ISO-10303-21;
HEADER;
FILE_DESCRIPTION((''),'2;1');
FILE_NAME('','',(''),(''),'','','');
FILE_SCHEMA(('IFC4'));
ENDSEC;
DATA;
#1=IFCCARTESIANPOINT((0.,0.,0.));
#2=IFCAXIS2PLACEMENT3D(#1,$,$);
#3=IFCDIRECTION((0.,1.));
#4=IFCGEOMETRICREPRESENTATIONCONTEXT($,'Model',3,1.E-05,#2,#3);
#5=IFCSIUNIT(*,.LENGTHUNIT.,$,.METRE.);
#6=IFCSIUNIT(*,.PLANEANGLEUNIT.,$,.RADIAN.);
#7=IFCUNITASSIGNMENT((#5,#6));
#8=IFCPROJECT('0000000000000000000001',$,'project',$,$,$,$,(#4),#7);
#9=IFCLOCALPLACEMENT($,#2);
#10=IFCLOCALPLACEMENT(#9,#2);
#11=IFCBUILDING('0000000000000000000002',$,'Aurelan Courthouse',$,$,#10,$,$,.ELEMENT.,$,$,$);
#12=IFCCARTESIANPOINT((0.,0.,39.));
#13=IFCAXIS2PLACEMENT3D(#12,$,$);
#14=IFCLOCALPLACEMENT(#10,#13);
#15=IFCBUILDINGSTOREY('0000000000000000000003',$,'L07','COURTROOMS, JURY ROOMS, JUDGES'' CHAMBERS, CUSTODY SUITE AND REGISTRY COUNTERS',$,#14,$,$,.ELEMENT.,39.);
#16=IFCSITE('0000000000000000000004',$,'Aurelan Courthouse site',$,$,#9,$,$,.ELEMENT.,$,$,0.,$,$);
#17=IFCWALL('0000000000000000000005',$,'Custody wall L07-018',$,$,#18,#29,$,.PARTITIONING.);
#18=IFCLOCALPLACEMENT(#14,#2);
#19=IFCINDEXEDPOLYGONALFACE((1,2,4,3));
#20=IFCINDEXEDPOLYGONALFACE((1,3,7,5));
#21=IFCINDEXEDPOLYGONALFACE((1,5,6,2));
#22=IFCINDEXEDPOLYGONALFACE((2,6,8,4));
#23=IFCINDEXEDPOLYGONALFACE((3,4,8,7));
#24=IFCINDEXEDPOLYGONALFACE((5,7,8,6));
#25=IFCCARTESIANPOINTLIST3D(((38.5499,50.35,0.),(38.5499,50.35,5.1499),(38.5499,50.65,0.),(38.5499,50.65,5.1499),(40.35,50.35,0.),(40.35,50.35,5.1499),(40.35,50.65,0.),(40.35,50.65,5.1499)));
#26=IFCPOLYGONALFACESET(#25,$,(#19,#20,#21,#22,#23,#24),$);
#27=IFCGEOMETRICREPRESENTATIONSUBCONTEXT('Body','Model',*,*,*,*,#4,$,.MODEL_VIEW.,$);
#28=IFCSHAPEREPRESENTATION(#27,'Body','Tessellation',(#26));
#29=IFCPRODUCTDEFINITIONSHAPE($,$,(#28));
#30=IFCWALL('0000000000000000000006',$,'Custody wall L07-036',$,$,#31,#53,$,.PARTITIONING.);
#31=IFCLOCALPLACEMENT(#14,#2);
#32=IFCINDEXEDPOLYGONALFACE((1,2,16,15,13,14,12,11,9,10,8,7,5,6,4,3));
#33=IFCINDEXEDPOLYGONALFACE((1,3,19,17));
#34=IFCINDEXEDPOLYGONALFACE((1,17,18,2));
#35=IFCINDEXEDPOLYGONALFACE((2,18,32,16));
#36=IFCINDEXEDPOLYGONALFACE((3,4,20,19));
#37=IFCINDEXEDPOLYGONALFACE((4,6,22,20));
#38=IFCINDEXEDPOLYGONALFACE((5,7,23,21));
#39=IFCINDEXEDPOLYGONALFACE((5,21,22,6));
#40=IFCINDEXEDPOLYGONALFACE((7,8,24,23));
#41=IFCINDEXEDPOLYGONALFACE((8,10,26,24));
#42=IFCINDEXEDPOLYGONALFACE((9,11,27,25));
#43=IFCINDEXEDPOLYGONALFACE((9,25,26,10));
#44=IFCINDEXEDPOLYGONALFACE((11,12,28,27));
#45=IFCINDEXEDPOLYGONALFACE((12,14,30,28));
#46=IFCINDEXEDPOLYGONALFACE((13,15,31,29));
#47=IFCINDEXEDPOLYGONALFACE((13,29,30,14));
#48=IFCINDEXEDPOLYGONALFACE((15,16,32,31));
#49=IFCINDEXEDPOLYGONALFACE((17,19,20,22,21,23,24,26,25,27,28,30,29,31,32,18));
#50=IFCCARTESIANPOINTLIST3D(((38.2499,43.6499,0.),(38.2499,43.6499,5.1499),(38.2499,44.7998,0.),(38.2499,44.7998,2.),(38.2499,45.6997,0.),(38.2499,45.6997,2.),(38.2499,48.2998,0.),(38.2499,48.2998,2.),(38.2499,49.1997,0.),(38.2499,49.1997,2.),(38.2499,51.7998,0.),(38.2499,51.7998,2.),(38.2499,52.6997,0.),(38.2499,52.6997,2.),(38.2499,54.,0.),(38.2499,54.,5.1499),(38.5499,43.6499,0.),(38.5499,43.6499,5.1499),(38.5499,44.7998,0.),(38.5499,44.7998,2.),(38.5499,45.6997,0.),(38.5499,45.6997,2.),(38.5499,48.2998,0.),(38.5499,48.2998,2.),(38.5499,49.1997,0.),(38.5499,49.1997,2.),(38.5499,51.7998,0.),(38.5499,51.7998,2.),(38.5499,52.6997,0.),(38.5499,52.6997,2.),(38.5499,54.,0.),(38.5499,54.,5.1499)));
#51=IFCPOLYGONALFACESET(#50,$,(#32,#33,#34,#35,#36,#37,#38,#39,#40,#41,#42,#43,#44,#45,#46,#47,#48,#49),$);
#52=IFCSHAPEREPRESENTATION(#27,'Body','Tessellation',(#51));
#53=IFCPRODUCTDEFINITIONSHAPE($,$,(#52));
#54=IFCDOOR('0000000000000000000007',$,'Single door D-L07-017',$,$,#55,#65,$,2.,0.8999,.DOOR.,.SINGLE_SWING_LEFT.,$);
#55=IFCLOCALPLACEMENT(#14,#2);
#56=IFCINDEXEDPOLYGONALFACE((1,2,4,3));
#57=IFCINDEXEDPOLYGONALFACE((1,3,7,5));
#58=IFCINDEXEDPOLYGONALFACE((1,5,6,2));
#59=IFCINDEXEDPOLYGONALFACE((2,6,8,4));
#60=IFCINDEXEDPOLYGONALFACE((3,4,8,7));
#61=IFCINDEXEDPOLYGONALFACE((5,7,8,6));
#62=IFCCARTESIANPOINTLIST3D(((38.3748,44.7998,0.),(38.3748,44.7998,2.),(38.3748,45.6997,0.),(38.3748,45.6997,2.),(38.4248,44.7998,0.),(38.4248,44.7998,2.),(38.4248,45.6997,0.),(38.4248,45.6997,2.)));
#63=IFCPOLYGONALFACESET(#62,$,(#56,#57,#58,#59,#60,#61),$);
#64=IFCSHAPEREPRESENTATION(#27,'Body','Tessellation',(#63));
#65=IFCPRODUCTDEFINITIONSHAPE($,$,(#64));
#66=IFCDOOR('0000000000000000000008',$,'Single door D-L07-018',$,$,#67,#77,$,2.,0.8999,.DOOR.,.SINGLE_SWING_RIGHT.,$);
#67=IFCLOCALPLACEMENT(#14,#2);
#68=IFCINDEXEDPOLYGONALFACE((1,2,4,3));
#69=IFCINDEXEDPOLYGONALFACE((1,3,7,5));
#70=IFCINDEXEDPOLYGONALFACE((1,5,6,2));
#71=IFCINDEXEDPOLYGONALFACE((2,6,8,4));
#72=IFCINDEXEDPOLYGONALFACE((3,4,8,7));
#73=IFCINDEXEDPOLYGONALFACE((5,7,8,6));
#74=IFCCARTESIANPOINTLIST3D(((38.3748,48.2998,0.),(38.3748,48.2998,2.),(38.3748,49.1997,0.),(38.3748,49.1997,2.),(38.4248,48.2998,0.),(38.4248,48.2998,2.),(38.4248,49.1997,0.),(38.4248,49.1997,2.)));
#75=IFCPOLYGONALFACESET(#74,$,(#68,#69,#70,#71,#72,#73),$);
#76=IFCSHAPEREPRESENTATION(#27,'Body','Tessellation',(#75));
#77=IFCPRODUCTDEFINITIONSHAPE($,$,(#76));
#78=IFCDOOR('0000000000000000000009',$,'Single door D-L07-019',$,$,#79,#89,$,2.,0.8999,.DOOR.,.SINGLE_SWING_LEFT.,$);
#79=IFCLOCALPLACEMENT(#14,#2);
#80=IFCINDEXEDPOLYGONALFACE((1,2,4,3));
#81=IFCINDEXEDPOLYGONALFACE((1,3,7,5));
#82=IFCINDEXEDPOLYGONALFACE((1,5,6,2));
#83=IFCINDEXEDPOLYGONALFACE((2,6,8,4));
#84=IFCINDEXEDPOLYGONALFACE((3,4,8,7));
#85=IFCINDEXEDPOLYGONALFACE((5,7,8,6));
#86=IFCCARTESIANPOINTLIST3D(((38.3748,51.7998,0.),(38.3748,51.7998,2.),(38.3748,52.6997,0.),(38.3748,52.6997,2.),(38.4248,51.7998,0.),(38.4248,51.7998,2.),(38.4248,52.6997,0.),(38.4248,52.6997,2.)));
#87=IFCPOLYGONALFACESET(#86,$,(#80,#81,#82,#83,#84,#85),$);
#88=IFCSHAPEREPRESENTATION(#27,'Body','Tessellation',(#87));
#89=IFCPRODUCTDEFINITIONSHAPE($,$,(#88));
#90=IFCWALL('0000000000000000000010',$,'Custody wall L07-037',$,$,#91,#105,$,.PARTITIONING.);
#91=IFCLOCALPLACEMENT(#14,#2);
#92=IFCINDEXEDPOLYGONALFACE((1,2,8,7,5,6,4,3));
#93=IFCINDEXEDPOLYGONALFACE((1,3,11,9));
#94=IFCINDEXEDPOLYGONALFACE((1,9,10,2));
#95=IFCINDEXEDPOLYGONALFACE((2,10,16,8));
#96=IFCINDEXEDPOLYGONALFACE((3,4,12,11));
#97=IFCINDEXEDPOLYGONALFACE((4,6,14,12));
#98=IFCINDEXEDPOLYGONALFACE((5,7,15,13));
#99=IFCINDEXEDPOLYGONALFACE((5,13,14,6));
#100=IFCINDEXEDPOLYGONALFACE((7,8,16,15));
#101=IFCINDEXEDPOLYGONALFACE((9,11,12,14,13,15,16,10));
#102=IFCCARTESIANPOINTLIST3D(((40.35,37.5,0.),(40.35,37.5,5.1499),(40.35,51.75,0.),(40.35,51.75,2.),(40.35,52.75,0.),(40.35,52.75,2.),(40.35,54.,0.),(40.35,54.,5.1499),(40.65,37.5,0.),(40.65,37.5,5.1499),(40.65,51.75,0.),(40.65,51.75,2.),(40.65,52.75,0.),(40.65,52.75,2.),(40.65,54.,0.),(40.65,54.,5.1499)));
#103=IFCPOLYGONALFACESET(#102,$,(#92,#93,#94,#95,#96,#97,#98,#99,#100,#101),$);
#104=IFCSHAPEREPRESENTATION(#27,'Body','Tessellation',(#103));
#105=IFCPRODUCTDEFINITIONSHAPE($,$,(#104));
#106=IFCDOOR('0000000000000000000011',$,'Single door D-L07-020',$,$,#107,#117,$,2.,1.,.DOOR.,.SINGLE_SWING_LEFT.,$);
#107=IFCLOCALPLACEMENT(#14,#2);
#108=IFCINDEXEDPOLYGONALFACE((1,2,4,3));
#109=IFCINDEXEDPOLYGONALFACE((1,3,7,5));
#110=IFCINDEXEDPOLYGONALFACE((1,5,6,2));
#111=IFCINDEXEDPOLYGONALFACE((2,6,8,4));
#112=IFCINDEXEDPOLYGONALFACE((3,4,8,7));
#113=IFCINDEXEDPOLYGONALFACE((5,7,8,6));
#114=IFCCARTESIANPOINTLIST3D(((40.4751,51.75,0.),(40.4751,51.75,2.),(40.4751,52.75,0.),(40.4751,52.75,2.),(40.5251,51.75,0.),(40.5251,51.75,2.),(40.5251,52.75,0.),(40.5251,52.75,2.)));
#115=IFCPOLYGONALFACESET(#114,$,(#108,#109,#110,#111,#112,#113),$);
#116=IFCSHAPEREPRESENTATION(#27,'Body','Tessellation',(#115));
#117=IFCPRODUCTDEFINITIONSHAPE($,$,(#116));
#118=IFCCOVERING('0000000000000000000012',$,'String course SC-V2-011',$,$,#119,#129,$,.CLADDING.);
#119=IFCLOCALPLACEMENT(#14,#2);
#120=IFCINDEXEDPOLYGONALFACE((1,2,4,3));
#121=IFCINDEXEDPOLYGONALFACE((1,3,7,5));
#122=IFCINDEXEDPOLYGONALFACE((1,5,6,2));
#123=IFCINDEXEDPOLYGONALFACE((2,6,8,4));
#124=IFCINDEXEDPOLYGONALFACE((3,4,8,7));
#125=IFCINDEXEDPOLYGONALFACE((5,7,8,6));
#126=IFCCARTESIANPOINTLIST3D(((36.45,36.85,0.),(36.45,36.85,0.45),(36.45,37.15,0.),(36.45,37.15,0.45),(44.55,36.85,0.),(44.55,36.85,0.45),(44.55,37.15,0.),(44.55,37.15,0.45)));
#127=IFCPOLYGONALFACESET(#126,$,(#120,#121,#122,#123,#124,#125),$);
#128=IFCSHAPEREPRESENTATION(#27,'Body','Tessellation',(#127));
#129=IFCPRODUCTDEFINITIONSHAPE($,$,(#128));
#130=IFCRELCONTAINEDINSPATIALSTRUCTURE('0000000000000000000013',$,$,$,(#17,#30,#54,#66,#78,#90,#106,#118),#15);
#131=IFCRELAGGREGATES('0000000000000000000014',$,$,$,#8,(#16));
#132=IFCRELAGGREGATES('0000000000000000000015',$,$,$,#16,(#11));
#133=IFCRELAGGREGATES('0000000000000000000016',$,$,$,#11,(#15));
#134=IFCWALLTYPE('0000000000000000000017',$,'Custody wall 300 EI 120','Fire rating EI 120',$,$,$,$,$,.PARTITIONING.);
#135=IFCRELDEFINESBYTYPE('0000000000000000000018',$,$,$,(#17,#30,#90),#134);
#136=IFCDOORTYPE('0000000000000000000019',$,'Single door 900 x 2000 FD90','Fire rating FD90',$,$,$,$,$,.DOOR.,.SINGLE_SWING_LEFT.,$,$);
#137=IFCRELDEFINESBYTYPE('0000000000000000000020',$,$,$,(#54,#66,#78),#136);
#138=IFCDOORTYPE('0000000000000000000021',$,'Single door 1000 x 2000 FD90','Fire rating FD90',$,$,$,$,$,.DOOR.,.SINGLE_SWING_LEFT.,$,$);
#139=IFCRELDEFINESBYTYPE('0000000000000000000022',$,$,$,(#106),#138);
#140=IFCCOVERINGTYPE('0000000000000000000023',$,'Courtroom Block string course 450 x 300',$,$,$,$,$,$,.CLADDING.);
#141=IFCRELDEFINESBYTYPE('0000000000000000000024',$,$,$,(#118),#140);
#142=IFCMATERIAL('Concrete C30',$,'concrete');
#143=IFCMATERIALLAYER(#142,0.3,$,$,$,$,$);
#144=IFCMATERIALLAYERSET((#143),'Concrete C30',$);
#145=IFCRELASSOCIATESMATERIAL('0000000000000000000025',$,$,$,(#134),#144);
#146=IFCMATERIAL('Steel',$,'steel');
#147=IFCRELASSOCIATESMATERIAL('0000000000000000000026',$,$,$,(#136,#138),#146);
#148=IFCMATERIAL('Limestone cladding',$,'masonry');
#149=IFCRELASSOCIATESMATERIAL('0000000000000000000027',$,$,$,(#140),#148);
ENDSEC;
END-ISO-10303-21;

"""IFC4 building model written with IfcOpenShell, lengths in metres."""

from ifc_helpers import new_model, si_unit, direction, frame, frame_2d, origin, origin_2d, place, context, subcontext, project, spatial, rectangle, extrude, material, layer, layer_set, type_object, element, fill, save


model = new_model("IFC4")

# Units and contexts
model_context = context("Model", 3, precision=1e-05, world=origin(), true_north=direction((0.0, 1.0)))
body_context = subcontext(model_context, "Body", "Model", "MODEL_VIEW")
ifc_project = project(units=[si_unit("LENGTHUNIT", "METRE"), si_unit("PLANEANGLEUNIT", "RADIAN")], contexts=[model_context])

# Site, building, storey
site_placement = place(None, origin())
site = spatial("IfcSite", under=ifc_project, at=site_placement, Name="Aurelan Courthouse site", CompositionType="ELEMENT", RefElevation=0.0)
building_placement = place(site_placement, origin())
building = spatial("IfcBuilding", under=site, at=building_placement, Name="Aurelan Courthouse", CompositionType="ELEMENT")
storey_placement = place(building_placement, frame((0.0, 0.0, 39.0)))
storey = spatial("IfcBuildingStorey", under=building, at=storey_placement, Name="L07", Description="COURTROOMS, JURY ROOMS, JUDGES' CHAMBERS, CUSTODY SUITE AND REGISTRY COUNTERS", CompositionType="ELEMENT", Elevation=39.0)

# Shared definitions
ifc_material_1 = material(Name="Limestone cladding", Category="masonry")
ifc_material_2 = material(Name="Concrete C30", Category="concrete")

# Shared definitions
ifc_layer_1 = layer(ifc_material_2, 0.3)
ifc_layer_set_1 = layer_set([ifc_layer_1], Name="Concrete C30")
wall_type_1 = type_object("IfcWallType", Name="Custody wall 300 EI 120", Description="Fire rating EI 120", PredefinedType="PARTITIONING", material=ifc_layer_set_1)
ifc_material_3 = material(Name="Steel", Category="steel")

# Wall
for number, where, z_axis, x_axis, name in (
    (1, (38.55, 50.5, 0.0), (0.0, 0.0, 1.0), (1.0, 0.0, 0.0), "Custody wall L07-018"),
):
    element("IfcWall", number, at=place(storey_placement, frame(where, z_axis=z_axis, x_axis=x_axis)), inside=storey, type_object=wall_type_1, Name=name, PredefinedType="PARTITIONING", context=body_context, shape_type="SweptSolid", body=[
        extrude(rectangle(XDim=1.8, YDim=0.3, at=frame_2d((0.8999, 0.0))), origin(), (0.0, 0.0, 1.0), 5.1499),
    ])

# Wall, openings, doors
wall_1_placement = place(storey_placement, frame((38.3999, 43.6499, 0.0), z_axis=(0.0, 0.0, 1.0), x_axis=(0.0, 1.0, 0.0)))
wall_1 = element("IfcWall", 2, at=wall_1_placement, inside=storey, type_object=wall_type_1, Name="Custody wall L07-036", PredefinedType="PARTITIONING", context=body_context, shape_type="SweptSolid", body=[
    extrude(rectangle(XDim=10.3501, YDim=0.3, at=frame_2d((5.175, 0.0))), origin(), (0.0, 0.0, 1.0), 5.1499),
])
opening_1_placement = place(wall_1_placement, frame((2.0498, 0.0, 0.0), z_axis=(0.0, 0.0, 1.0), x_axis=(-1.0, 0.0, 0.0)))
opening_1 = element("IfcOpeningElement", 3, at=opening_1_placement, cuts=wall_1, PredefinedType="OPENING", context=body_context, shape_type="SweptSolid", body=[
    extrude(rectangle(XDim=0.8999, YDim=2.0, at=frame_2d((0.45, 1.0))), frame((0.0, 0.1599, 0.0), z_axis=(0.0, -1.0, 0.0), x_axis=(1.0, 0.0, 0.0)), (0.0, 0.0, 1.0), 0.3201),
])
opening_2_placement = place(wall_1_placement, frame((5.5498, 0.0, 0.0), z_axis=(0.0, 0.0, 1.0), x_axis=(-1.0, 0.0, 0.0)))
opening_2 = element("IfcOpeningElement", 4, at=opening_2_placement, cuts=wall_1, PredefinedType="OPENING", context=body_context, shape_type="SweptSolid", body=[
    extrude(rectangle(XDim=0.8999, YDim=2.0, at=frame_2d((0.45, 1.0))), frame((0.0, 0.1599, 0.0), z_axis=(0.0, -1.0, 0.0), x_axis=(1.0, 0.0, 0.0)), (0.0, 0.0, 1.0), 0.3201),
])
opening_3_placement = place(wall_1_placement, frame((9.0498, 0.0, 0.0), z_axis=(0.0, 0.0, 1.0), x_axis=(-1.0, 0.0, 0.0)))
opening_3 = element("IfcOpeningElement", 5, at=opening_3_placement, cuts=wall_1, PredefinedType="OPENING", context=body_context, shape_type="SweptSolid", body=[
    extrude(rectangle(XDim=0.8999, YDim=2.0, at=frame_2d((0.45, 1.0))), frame((0.0, 0.1599, 0.0), z_axis=(0.0, -1.0, 0.0), x_axis=(1.0, 0.0, 0.0)), (0.0, 0.0, 1.0), 0.3201),
])
door_type_1 = type_object("IfcDoorType", Name="Single door 900 x 2000 FD90", Description="Fire rating FD90", OperationType="SINGLE_SWING_LEFT", PredefinedType="DOOR", material=ifc_material_3)
door_1_placement = place(opening_1_placement, origin())
door_1 = element("IfcDoor", 6, at=door_1_placement, inside=storey, type_object=door_type_1, Name="Single door D-L07-017", OperationType="SINGLE_SWING_LEFT", OverallHeight=2.0, OverallWidth=0.8999, PredefinedType="DOOR", context=body_context, shape_type="SweptSolid", body=[
    extrude(rectangle(XDim=0.8999, YDim=2.0, at=frame_2d((0.45, 1.0))), frame((0.0, 0.0249, 0.0), z_axis=(0.0, -1.0, 0.0), x_axis=(1.0, 0.0, 0.0)), (0.0, 0.0, 1.0), 0.05),
])
fill(opening_1, door_1)
door_2_placement = place(opening_2_placement, origin())
door_2 = element("IfcDoor", 7, at=door_2_placement, inside=storey, type_object=door_type_1, Name="Single door D-L07-018", OperationType="SINGLE_SWING_RIGHT", OverallHeight=2.0, OverallWidth=0.8999, PredefinedType="DOOR", context=body_context, shape_type="SweptSolid", body=[
    extrude(rectangle(XDim=0.8999, YDim=2.0, at=frame_2d((0.45, 1.0))), frame((0.0, 0.0249, 0.0), z_axis=(0.0, -1.0, 0.0), x_axis=(1.0, 0.0, 0.0)), (0.0, 0.0, 1.0), 0.05),
])
fill(opening_2, door_2)
door_3_placement = place(opening_3_placement, origin())
door_3 = element("IfcDoor", 8, at=door_3_placement, inside=storey, type_object=door_type_1, Name="Single door D-L07-019", OperationType="SINGLE_SWING_LEFT", OverallHeight=2.0, OverallWidth=0.8999, PredefinedType="DOOR", context=body_context, shape_type="SweptSolid", body=[
    extrude(rectangle(XDim=0.8999, YDim=2.0, at=frame_2d((0.45, 1.0))), frame((0.0, 0.0249, 0.0), z_axis=(0.0, -1.0, 0.0), x_axis=(1.0, 0.0, 0.0)), (0.0, 0.0, 1.0), 0.05),
])
fill(opening_3, door_3)

# Wall, opening, door
wall_2_placement = place(storey_placement, frame((40.5, 37.5, 0.0), z_axis=(0.0, 0.0, 1.0), x_axis=(0.0, 1.0, 0.0)))
wall_2 = element("IfcWall", 9, at=wall_2_placement, inside=storey, type_object=wall_type_1, Name="Custody wall L07-037", PredefinedType="PARTITIONING", context=body_context, shape_type="SweptSolid", body=[
    extrude(rectangle(XDim=16.5, YDim=0.3, at=frame_2d((8.25, 0.0))), origin(), (0.0, 0.0, 1.0), 5.1499),
])
opening_4_placement = place(wall_2_placement, frame((14.25, 0.0, 0.0)))
opening_4 = element("IfcOpeningElement", 10, at=opening_4_placement, cuts=wall_2, PredefinedType="OPENING", context=body_context, shape_type="SweptSolid", body=[
    extrude(rectangle(XDim=1.0, YDim=2.0, at=frame_2d((0.5, 1.0))), frame((0.0, 0.1599, 0.0), z_axis=(0.0, -1.0, 0.0), x_axis=(1.0, 0.0, 0.0)), (0.0, 0.0, 1.0), 0.3201),
])
door_type_2 = type_object("IfcDoorType", Name="Single door 1000 x 2000 FD90", Description="Fire rating FD90", OperationType="SINGLE_SWING_LEFT", PredefinedType="DOOR", material=ifc_material_3)
door_4_placement = place(opening_4_placement, origin())
door_4 = element("IfcDoor", 11, at=door_4_placement, inside=storey, type_object=door_type_2, Name="Single door D-L07-020", OperationType="SINGLE_SWING_LEFT", OverallHeight=2.0, OverallWidth=1.0, PredefinedType="DOOR", context=body_context, shape_type="SweptSolid", body=[
    extrude(rectangle(XDim=1.0, YDim=2.0, at=frame_2d((0.5, 1.0))), frame((0.0, 0.0249, 0.0), z_axis=(0.0, -1.0, 0.0), x_axis=(1.0, 0.0, 0.0)), (0.0, 0.0, 1.0), 0.05),
])
fill(opening_4, door_4)

# Covering
covering_type = type_object("IfcCoveringType", Name="Courtroom Block string course 450 x 300", PredefinedType="CLADDING", material=ifc_material_1)
covering_placement = place(storey_placement, frame((40.5, 37.0, 0.0), z_axis=(0.0, 0.0, 1.0), x_axis=(1.0, 0.0, 0.0)))
element("IfcCovering", 12, at=covering_placement, inside=storey, type_object=covering_type, Name="String course SC-V2-011", PredefinedType="CLADDING", context=body_context, shape_type="SweptSolid", body=[
    extrude(rectangle(XDim=8.1001, YDim=0.3, at=origin_2d()), origin(), (0.0, 0.0, 1.0), 0.45),
])

save(model, "model.ifc")
